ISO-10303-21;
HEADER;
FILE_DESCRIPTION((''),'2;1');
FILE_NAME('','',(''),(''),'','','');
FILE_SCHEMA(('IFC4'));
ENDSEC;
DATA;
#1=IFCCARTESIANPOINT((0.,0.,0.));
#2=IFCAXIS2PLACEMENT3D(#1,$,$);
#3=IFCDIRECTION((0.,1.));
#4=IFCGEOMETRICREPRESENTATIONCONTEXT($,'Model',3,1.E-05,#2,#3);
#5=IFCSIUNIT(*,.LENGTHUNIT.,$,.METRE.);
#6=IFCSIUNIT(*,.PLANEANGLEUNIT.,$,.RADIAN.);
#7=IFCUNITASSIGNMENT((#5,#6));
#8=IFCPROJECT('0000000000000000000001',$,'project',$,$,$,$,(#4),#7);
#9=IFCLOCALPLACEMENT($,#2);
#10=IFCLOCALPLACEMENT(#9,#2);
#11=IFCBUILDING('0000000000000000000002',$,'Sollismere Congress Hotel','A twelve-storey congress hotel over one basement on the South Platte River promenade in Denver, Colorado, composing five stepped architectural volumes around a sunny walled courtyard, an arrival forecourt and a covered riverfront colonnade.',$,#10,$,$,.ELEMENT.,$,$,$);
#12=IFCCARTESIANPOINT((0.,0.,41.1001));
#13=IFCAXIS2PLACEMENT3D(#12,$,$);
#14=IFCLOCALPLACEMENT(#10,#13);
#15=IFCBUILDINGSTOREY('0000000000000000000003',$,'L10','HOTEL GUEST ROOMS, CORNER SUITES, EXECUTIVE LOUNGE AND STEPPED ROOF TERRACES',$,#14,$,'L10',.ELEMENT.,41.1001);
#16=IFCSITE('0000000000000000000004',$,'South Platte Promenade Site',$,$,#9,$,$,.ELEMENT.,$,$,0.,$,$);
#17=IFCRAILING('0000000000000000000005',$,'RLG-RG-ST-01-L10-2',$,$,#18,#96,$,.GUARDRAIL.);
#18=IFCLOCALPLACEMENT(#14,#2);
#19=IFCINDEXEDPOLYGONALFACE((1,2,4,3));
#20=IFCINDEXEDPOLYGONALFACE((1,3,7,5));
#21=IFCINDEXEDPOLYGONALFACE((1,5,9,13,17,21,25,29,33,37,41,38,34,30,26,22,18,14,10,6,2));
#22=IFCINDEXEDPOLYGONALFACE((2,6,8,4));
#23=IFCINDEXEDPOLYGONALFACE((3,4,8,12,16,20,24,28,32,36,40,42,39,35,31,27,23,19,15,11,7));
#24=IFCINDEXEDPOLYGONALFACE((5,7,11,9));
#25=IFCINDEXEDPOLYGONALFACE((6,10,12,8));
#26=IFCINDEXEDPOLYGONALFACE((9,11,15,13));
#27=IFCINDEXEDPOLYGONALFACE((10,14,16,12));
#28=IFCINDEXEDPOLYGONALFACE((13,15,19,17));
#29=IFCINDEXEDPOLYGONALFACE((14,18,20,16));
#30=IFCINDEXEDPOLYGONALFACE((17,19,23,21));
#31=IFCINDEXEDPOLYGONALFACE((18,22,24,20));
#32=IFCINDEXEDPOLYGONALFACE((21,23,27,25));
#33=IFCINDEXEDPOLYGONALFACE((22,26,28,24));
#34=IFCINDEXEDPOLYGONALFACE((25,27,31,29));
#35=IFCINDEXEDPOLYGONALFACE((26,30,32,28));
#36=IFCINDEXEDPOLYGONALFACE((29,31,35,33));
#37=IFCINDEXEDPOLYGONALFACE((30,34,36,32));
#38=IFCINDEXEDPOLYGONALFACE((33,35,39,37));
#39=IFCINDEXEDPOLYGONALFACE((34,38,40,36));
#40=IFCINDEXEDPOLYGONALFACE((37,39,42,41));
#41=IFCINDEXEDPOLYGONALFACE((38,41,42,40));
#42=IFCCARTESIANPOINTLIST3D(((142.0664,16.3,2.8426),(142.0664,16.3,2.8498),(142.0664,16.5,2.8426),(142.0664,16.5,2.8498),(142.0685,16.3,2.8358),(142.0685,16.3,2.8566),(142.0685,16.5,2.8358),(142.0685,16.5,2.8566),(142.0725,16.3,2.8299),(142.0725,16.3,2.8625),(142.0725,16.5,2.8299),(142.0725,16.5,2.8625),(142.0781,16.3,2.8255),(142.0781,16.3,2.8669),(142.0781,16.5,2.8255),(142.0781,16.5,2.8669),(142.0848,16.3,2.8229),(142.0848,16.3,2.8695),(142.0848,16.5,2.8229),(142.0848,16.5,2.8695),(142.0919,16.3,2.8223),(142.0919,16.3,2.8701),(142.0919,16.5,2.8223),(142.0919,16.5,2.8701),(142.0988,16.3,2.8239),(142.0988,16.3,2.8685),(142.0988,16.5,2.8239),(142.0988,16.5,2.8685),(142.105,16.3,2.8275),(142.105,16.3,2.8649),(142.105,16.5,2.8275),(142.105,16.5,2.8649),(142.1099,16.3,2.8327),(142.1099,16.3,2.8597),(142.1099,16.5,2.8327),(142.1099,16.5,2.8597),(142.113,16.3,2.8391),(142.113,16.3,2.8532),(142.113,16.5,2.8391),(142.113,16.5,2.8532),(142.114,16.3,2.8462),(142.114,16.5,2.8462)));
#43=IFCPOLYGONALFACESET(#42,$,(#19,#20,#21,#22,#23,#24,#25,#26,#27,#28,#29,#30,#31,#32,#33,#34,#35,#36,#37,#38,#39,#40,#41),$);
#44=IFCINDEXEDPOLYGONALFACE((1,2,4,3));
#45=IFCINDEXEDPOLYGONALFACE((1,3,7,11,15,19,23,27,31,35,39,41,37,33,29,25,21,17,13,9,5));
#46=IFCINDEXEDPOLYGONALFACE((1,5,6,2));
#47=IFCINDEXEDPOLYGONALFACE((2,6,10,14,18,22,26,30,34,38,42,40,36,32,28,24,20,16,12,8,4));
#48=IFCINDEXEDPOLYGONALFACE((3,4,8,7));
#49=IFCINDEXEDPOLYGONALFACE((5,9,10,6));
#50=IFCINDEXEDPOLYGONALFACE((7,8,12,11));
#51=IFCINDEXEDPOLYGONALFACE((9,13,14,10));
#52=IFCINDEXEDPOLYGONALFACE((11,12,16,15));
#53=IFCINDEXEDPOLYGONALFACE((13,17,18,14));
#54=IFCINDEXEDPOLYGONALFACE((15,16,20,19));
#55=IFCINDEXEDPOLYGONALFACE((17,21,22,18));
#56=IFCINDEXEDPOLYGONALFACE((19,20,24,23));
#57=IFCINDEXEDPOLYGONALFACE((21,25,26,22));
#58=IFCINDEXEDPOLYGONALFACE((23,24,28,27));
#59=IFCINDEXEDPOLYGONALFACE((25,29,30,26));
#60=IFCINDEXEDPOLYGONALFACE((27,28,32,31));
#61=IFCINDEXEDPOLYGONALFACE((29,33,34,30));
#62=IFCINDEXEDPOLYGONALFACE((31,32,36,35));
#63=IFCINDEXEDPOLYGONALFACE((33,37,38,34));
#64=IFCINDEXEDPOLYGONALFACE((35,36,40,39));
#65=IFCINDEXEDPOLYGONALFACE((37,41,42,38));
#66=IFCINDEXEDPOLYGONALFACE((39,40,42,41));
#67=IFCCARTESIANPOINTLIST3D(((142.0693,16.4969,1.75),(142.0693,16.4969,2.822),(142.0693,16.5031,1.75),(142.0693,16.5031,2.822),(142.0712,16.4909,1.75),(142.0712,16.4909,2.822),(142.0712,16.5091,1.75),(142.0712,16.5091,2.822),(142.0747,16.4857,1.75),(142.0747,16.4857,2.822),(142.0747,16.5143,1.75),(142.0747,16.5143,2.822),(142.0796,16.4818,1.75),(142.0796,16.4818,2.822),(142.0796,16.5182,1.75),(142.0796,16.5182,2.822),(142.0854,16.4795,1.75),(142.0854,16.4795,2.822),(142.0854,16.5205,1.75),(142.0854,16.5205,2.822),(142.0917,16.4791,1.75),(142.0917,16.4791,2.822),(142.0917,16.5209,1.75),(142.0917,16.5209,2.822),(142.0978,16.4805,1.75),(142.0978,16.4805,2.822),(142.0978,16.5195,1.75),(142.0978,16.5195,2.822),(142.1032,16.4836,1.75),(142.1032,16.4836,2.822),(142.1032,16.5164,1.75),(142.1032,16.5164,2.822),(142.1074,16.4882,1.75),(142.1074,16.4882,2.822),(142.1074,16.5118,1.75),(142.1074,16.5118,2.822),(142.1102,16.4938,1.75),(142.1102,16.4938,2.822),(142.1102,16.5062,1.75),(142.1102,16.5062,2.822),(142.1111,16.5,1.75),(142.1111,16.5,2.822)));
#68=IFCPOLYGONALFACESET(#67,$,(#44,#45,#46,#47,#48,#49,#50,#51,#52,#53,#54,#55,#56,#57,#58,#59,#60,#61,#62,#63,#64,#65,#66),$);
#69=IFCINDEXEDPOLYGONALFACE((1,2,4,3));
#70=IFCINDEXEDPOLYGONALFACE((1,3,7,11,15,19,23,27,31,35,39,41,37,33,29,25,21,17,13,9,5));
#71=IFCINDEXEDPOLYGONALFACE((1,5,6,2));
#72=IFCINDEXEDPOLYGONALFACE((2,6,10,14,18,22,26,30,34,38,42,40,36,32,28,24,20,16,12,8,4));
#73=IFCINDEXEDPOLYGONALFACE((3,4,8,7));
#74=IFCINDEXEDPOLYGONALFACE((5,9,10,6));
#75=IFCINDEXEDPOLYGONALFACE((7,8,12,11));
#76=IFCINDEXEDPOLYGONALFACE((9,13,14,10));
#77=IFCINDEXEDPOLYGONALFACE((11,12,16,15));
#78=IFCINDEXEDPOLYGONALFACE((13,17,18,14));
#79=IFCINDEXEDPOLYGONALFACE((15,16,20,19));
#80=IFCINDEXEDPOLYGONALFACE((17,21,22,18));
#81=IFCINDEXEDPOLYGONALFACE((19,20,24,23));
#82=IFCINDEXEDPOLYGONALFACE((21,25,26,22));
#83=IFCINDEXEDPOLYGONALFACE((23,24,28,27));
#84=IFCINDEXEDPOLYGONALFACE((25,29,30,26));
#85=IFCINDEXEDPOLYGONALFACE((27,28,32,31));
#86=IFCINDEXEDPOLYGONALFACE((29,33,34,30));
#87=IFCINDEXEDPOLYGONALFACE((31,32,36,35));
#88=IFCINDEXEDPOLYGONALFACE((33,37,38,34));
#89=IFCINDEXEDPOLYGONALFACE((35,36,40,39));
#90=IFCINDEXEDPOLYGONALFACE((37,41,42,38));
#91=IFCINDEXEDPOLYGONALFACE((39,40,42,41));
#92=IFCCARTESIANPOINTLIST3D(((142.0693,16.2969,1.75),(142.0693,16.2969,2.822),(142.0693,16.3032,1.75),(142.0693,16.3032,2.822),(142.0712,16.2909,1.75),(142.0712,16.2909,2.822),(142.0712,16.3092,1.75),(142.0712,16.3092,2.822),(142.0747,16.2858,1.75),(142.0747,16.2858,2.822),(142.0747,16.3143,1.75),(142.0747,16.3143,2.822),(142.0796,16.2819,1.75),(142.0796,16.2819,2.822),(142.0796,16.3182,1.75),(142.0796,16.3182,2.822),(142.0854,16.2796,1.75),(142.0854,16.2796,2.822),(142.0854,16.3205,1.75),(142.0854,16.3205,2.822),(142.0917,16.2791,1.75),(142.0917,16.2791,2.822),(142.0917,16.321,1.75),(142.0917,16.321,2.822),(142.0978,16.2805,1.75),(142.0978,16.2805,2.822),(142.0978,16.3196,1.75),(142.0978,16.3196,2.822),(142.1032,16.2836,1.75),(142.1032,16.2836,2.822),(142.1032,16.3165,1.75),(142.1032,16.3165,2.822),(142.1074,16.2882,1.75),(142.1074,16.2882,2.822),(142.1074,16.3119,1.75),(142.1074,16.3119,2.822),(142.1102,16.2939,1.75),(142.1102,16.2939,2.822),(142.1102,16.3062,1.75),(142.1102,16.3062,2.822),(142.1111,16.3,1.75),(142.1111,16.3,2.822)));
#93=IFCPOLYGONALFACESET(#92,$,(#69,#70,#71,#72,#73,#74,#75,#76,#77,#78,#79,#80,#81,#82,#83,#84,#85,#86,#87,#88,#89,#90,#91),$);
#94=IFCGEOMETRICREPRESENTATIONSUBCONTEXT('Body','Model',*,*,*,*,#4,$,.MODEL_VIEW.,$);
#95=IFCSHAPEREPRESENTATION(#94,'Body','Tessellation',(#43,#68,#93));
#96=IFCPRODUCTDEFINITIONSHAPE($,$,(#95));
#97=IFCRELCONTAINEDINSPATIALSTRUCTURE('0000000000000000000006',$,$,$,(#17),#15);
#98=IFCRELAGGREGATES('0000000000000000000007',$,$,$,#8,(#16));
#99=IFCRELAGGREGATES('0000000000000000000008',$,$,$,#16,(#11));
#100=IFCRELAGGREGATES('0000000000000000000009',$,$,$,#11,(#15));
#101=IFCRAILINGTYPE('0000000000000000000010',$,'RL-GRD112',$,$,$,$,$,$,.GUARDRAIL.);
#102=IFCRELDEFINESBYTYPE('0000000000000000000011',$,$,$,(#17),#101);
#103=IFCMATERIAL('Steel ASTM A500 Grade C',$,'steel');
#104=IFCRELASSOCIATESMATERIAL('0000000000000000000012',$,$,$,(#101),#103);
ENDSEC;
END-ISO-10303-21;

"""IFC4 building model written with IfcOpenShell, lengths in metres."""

from ifc_helpers import new_model, si_unit, direction, frame, origin, origin_2d, place, context, subcontext, project, spatial, circle, extrude, material, type_object, element, save


model = new_model("IFC4")

# Units and contexts
model_context = context("Model", 3, precision=1e-05, world=origin(), true_north=direction((0.0, 1.0)))
body_context = subcontext(model_context, "Body", "Model", "MODEL_VIEW")
ifc_project = project(units=[si_unit("LENGTHUNIT", "METRE"), si_unit("PLANEANGLEUNIT", "RADIAN")], contexts=[model_context])

# Site, building, storey
site_placement = place(None, origin())
site = spatial("IfcSite", under=ifc_project, at=site_placement, Name="South Platte Promenade Site", CompositionType="ELEMENT", RefElevation=0.0)
building_placement = place(site_placement, origin())
building = spatial("IfcBuilding", under=site, at=building_placement, Name="Sollismere Congress Hotel", Description="A twelve-storey congress hotel over one basement on the South Platte River promenade in Denver, Colorado, composing five stepped architectural volumes around a sunny walled courtyard, an arrival forecourt and a covered riverfront colonnade.", CompositionType="ELEMENT")
storey_placement = place(building_placement, frame((0.0, 0.0, 41.1001)))
storey = spatial("IfcBuildingStorey", under=building, at=storey_placement, Name="L10", Description="HOTEL GUEST ROOMS, CORNER SUITES, EXECUTIVE LOUNGE AND STEPPED ROOF TERRACES", LongName="L10", CompositionType="ELEMENT", Elevation=41.1001)

# Railing
ifc_material_1 = material(Name="Steel ASTM A500 Grade C", Category="steel")
railing_type_1 = type_object("IfcRailingType", Name="RL-GRD112", PredefinedType="GUARDRAIL", material=ifc_material_1)
railing_1_placement = place(storey_placement, frame((142.0901, 16.5, 1.75)))
element("IfcRailing", 1, at=railing_1_placement, inside=storey, type_object=railing_type_1, Name="RLG-RG-ST-01-L10-2", PredefinedType="GUARDRAIL", context=body_context, shape_type="SweptSolid", body=[
    extrude(circle(Radius=0.0239, at=origin_2d()), frame((0.0, 0.0, 1.0962), z_axis=(0.0, -1.0, 0.0), x_axis=(1.0, 0.0, 0.0)), (0.0, 0.0, 1.0), 0.2),
    extrude(circle(Radius=0.021, at=origin_2d()), origin(), (0.0, 0.0, 1.0), 1.072),
    extrude(circle(Radius=0.021, at=origin_2d()), frame((0.0, -0.2, 0.0)), (0.0, 0.0, 1.0), 1.072),
])

save(model, "model.ifc")
